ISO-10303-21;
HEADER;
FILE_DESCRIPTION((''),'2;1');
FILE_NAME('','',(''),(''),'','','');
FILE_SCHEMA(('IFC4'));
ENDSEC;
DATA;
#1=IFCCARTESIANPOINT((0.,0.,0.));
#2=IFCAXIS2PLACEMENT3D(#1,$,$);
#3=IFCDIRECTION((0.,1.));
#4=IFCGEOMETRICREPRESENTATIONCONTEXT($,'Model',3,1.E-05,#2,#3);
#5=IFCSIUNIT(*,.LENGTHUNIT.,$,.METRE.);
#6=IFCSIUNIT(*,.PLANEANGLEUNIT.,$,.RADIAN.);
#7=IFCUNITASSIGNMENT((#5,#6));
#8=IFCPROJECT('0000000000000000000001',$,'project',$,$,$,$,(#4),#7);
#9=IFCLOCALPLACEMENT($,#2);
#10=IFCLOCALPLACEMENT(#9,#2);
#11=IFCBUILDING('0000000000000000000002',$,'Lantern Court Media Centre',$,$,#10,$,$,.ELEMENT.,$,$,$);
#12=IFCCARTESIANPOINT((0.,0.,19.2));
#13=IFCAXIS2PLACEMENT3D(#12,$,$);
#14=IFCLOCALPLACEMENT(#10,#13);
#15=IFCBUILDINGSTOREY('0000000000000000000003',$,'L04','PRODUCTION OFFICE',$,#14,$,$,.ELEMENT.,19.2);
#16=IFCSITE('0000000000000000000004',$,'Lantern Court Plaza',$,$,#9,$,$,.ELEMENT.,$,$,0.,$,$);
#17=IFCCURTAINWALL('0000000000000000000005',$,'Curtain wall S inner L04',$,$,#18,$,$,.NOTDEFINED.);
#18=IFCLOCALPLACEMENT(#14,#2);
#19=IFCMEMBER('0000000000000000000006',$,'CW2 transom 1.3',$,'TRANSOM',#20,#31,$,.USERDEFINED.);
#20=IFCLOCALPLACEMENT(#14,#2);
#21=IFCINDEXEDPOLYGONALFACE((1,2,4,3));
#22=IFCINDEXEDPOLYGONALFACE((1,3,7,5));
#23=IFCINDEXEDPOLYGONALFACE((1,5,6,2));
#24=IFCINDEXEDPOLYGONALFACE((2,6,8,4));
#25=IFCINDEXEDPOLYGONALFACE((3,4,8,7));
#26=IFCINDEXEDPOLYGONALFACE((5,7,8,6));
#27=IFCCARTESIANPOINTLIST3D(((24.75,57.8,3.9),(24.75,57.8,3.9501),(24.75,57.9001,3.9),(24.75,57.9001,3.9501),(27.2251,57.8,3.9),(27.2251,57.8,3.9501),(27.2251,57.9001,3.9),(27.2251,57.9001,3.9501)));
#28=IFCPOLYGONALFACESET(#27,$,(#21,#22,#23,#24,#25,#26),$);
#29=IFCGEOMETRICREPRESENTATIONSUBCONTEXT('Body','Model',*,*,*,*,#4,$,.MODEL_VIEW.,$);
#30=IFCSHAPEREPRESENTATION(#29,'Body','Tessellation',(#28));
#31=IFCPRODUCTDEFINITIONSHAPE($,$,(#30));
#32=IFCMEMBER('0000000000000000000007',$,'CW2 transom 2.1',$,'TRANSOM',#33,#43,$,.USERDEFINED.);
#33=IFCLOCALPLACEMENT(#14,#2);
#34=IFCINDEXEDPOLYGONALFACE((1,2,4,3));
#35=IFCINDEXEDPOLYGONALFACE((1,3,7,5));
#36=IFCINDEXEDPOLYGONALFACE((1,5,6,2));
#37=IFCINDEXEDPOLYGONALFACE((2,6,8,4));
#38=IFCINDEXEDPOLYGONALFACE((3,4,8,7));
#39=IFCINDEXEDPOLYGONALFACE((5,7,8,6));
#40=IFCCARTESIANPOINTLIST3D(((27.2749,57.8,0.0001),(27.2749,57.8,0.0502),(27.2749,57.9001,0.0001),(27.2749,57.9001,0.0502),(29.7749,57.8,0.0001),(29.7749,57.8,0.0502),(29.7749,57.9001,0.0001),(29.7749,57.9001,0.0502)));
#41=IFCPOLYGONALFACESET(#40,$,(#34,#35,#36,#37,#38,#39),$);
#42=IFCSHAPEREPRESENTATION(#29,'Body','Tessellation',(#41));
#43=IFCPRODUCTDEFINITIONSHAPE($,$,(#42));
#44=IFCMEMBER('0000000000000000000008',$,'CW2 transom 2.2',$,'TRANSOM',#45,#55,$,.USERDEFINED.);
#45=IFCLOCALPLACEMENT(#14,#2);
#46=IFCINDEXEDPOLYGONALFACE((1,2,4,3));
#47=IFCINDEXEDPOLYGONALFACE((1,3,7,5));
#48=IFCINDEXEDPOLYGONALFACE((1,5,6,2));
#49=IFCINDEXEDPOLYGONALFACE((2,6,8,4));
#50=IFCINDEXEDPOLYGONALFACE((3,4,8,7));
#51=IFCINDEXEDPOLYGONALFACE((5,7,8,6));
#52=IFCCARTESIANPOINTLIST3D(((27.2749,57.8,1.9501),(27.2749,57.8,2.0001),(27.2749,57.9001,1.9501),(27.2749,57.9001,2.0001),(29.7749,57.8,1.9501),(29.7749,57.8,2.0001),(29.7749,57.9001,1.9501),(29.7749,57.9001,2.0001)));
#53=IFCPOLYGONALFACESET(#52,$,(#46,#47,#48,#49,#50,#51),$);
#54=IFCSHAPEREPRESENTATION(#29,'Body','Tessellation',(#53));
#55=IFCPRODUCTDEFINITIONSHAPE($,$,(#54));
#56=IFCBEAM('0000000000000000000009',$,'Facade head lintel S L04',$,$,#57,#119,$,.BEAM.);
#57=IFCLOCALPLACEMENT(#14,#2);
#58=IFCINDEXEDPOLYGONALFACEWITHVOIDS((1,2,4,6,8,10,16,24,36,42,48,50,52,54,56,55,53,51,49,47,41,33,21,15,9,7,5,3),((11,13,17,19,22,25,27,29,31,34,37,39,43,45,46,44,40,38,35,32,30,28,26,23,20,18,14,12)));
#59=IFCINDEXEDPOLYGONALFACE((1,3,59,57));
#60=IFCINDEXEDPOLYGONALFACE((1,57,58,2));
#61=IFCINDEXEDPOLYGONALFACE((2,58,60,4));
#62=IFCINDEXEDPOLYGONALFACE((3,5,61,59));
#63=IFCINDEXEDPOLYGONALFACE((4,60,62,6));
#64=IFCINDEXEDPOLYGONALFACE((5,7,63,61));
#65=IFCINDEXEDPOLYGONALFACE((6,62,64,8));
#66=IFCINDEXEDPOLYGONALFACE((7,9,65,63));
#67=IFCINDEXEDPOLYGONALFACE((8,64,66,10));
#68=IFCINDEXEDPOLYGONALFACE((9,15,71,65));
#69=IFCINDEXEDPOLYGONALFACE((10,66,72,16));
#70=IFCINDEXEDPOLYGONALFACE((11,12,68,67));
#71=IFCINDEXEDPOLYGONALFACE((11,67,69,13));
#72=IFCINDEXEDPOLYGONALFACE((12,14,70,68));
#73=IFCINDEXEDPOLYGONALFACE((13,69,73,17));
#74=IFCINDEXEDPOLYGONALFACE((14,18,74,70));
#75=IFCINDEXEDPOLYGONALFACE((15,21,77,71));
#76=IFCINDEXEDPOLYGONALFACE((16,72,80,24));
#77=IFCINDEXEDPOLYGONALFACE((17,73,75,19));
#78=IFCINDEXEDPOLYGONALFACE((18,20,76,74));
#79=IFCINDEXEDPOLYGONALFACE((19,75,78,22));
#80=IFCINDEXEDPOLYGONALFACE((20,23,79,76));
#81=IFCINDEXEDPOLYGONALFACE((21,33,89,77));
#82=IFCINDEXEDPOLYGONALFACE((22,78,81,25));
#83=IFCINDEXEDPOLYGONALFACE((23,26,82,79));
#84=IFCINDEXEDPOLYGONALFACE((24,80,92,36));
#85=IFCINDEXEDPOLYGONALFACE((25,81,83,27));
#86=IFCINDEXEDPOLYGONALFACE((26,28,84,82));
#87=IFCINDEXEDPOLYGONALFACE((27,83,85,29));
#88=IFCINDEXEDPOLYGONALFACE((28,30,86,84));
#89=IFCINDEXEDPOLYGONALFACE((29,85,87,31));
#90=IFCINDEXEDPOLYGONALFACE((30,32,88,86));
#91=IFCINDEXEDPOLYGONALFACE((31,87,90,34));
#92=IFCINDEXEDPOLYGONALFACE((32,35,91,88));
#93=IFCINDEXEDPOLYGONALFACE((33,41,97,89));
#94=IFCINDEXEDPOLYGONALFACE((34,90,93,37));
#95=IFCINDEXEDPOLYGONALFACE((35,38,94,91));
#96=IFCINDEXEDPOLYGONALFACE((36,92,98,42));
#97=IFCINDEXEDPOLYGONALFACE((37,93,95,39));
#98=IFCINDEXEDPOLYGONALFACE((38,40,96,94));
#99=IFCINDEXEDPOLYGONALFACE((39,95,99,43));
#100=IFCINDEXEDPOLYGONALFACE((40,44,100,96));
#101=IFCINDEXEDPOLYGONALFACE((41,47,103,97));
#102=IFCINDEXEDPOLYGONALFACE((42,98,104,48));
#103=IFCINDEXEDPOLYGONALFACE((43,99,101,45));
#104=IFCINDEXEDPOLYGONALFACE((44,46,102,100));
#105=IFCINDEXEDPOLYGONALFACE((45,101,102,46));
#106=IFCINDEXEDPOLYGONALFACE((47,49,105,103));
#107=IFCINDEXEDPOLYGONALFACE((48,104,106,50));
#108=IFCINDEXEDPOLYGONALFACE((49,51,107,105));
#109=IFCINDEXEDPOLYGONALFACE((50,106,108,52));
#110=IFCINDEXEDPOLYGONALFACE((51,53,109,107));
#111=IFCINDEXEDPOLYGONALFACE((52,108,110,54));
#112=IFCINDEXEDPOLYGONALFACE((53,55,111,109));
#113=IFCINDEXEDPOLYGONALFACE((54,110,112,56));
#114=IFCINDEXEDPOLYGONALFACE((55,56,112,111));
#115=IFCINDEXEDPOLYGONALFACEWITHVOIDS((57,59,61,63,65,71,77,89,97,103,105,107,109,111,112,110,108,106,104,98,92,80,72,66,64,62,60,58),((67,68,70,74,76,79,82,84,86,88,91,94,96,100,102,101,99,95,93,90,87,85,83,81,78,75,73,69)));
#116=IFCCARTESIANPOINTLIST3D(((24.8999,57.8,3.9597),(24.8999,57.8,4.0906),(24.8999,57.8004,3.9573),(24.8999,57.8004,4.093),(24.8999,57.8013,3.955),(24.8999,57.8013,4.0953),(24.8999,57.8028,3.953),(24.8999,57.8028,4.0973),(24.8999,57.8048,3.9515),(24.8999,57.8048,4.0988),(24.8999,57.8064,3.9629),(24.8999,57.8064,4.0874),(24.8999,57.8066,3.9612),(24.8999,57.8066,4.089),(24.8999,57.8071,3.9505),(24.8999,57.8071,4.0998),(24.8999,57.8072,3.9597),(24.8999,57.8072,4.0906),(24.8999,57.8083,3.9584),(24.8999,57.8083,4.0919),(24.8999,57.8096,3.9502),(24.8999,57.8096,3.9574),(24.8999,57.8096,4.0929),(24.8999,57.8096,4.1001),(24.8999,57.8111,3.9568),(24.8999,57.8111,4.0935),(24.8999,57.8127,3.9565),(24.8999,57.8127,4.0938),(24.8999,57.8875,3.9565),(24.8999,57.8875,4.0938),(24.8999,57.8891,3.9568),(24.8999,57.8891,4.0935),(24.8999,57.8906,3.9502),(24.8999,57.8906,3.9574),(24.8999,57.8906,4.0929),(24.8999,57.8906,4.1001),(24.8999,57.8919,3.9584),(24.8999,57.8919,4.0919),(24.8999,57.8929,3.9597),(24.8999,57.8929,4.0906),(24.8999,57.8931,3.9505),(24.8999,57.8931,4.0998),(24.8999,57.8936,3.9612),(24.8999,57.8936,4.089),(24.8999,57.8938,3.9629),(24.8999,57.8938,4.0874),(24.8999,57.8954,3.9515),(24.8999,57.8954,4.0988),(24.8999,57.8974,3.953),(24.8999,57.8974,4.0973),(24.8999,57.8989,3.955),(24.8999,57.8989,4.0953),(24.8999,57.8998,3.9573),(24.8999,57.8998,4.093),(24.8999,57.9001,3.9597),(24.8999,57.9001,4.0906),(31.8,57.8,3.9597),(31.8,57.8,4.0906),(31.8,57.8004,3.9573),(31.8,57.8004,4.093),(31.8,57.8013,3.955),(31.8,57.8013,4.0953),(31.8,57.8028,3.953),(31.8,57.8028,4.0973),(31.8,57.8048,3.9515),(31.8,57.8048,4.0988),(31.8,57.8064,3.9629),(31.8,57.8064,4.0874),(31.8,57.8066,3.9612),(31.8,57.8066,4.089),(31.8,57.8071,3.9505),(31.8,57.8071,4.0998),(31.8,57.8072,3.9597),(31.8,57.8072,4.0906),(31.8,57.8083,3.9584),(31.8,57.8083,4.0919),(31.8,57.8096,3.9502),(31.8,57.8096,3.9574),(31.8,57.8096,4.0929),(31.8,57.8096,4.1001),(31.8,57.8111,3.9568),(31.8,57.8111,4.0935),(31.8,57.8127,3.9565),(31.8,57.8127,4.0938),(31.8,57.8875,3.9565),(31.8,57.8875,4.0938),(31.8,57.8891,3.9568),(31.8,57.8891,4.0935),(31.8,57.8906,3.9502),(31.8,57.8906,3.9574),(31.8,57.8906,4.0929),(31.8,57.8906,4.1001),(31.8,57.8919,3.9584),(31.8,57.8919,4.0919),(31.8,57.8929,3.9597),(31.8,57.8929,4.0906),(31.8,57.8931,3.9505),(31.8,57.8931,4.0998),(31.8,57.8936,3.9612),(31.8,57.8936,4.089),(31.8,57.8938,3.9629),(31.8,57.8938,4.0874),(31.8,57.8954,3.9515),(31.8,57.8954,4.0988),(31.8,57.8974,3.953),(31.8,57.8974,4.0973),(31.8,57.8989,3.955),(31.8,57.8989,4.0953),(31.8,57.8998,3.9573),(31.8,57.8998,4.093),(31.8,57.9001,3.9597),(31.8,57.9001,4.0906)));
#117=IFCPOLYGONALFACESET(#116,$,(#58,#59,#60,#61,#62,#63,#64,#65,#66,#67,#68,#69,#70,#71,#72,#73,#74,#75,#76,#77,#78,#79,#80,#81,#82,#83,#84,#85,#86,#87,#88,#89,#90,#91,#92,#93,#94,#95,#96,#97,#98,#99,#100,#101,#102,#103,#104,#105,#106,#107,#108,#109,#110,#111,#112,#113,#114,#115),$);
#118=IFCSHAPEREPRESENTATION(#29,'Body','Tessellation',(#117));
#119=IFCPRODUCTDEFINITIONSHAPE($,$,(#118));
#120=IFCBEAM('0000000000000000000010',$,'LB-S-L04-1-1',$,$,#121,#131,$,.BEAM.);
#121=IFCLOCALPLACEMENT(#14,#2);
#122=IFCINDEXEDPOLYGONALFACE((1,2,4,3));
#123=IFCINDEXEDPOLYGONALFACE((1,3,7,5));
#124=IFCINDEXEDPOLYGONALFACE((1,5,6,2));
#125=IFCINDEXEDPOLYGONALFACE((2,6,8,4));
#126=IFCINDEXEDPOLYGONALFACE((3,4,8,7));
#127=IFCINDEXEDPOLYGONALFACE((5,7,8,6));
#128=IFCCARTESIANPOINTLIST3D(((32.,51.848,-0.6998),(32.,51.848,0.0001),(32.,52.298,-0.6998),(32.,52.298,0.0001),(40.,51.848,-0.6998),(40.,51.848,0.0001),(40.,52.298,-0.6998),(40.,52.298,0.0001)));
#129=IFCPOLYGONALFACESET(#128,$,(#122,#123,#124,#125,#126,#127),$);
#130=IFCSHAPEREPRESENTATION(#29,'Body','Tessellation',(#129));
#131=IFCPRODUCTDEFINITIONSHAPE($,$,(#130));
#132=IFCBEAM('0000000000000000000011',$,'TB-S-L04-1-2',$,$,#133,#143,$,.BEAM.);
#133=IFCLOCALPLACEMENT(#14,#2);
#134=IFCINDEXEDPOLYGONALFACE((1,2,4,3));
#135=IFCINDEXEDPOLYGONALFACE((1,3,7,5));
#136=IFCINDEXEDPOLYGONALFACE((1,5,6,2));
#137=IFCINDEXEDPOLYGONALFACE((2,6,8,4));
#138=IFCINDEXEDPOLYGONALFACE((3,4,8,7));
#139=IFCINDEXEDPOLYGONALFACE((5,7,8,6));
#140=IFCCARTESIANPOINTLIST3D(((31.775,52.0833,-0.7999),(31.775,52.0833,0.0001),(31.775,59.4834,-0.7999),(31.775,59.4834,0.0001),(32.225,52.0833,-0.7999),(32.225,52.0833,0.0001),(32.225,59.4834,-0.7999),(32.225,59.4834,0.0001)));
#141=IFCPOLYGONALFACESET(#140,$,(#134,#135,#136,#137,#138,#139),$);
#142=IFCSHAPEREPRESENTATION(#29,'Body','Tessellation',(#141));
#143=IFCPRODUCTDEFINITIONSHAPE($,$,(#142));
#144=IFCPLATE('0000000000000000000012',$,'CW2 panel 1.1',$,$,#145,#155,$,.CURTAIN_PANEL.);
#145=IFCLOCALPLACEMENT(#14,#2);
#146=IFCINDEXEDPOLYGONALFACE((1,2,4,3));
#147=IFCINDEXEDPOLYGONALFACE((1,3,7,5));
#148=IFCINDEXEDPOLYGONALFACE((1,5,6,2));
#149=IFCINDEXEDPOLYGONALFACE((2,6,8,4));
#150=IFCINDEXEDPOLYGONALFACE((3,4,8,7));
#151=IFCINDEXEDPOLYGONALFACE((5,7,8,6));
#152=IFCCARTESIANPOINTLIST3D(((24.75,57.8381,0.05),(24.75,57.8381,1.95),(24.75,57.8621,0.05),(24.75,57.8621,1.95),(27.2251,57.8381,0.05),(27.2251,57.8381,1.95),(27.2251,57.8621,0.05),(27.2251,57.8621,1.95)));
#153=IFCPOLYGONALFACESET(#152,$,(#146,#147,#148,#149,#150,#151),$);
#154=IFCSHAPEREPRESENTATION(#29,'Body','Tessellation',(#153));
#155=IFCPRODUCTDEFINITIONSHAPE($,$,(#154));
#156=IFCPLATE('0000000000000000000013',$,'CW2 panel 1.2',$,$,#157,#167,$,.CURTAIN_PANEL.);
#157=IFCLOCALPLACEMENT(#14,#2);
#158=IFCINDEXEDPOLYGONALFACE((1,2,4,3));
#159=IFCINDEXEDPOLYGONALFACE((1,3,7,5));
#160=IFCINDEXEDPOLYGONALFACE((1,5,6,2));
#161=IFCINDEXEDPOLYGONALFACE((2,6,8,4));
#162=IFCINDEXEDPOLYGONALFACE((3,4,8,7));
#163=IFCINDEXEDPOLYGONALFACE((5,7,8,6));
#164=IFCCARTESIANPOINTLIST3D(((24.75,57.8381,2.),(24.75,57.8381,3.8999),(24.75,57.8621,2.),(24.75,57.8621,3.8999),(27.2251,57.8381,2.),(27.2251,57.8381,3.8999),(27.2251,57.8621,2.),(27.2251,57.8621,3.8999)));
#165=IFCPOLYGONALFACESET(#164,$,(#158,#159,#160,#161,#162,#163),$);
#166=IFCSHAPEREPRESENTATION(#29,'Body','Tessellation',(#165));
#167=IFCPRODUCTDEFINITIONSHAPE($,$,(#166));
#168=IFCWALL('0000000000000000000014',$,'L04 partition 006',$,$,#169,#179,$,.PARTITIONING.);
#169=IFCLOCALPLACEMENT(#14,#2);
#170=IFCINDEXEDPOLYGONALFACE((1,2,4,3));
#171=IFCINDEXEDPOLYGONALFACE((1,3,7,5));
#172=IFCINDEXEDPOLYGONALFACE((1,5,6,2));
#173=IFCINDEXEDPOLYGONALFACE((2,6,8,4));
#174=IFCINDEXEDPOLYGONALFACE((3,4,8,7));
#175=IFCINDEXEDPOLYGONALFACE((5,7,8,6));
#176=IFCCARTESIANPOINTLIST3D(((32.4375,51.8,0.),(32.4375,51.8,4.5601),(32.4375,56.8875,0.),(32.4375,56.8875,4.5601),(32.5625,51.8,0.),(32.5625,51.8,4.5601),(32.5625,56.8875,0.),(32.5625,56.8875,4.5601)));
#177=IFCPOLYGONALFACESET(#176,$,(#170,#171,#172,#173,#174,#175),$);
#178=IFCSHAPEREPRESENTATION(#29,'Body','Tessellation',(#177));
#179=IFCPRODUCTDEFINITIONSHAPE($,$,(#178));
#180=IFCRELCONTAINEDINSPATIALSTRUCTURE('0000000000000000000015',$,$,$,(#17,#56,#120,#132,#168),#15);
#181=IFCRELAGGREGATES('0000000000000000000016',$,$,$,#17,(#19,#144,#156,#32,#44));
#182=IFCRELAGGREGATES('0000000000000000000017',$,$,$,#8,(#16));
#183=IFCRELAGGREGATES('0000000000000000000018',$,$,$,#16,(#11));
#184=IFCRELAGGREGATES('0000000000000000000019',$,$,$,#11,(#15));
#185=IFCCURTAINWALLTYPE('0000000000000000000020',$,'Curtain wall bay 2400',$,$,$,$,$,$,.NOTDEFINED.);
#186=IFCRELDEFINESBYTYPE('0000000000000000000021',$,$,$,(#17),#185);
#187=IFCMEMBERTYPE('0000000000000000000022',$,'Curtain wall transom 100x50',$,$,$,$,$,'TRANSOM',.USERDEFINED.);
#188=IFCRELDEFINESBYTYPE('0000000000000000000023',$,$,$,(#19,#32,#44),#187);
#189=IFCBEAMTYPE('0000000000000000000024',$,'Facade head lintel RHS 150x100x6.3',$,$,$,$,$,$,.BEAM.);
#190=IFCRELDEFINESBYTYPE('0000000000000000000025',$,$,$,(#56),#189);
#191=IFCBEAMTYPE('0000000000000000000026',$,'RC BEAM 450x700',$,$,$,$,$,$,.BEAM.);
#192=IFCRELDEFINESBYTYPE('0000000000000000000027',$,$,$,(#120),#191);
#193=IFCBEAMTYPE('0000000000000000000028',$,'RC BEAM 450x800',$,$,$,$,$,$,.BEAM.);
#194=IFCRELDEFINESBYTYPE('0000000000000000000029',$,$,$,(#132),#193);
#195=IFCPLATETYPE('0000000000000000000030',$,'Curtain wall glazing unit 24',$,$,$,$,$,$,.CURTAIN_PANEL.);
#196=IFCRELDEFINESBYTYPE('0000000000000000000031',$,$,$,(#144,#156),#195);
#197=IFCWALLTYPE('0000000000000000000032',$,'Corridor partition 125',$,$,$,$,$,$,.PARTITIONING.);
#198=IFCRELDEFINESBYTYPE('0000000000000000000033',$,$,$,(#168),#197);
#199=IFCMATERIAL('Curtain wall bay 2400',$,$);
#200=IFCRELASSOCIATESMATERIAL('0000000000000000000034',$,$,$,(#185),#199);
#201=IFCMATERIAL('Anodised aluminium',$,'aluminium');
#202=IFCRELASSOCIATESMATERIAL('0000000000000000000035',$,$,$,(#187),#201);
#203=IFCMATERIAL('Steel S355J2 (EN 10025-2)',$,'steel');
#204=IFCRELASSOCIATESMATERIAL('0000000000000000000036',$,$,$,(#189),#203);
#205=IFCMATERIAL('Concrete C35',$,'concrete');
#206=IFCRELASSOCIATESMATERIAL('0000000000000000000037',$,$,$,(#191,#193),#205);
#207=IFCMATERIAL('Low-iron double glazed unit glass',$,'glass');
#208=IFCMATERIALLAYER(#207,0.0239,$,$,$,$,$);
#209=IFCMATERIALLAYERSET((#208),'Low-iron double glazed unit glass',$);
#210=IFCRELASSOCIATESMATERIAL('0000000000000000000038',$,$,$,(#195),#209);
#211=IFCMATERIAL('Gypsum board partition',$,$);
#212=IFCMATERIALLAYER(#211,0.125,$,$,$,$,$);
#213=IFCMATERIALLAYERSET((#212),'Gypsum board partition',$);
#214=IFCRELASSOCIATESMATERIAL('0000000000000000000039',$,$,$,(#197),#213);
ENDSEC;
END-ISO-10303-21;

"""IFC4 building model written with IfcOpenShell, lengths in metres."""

from ifc_helpers import new_model, si_unit, direction, frame, frame_2d, origin, origin_2d, place, context, subcontext, project, spatial, rectangle, hollow_rectangle, extrude, material, layer, layer_set, material_profile, profile_set, type_object, element, aggregate, save


model = new_model("IFC4")

# Units and contexts
model_context = context("Model", 3, precision=1e-05, world=origin(), true_north=direction((0.0, 1.0)))
body_context = subcontext(model_context, "Body", "Model", "MODEL_VIEW")
ifc_project = project(units=[si_unit("LENGTHUNIT", "METRE"), si_unit("PLANEANGLEUNIT", "RADIAN")], contexts=[model_context])

# Site, building, storey
site_placement = place(None, origin())
site = spatial("IfcSite", under=ifc_project, at=site_placement, Name="Lantern Court Plaza", CompositionType="ELEMENT", RefElevation=0.0)
building_placement = place(site_placement, origin())
building = spatial("IfcBuilding", under=site, at=building_placement, Name="Lantern Court Media Centre", CompositionType="ELEMENT")
storey_placement = place(building_placement, frame((0.0, 0.0, 19.2)))
storey = spatial("IfcBuildingStorey", under=building, at=storey_placement, Name="L04", Description="PRODUCTION OFFICE", CompositionType="ELEMENT", Elevation=19.2)

# Curtain wall, members
ifc_material_1 = material(Name="Curtain wall bay 2400")
curtain_wall_type = type_object("IfcCurtainWallType", Name="Curtain wall bay 2400", PredefinedType="NOTDEFINED", material=ifc_material_1)
curtain_wall_placement = place(storey_placement, origin())
curtain_wall = element("IfcCurtainWall", 1, at=curtain_wall_placement, inside=storey, type_object=curtain_wall_type, Name="Curtain wall S inner L04", PredefinedType="NOTDEFINED")
ifc_material_2 = material(Name="Anodised aluminium", Category="aluminium")
ifc_material_profile_1 = material_profile(ifc_material_2, rectangle(XDim=0.1001, YDim=0.05, at=origin_2d()), Name="AL 50x100")
ifc_profile_set_1 = profile_set([ifc_material_profile_1], Name="Anodised aluminium")
member_type = type_object("IfcMemberType", Name="Curtain wall transom 100x50", ElementType="TRANSOM", PredefinedType="USERDEFINED", material=ifc_profile_set_1)
member_1_placement = place(storey_placement, frame((24.75, 57.8501, 3.925), z_axis=(1.0, 0.0, 0.0), x_axis=(0.0, 1.0, 0.0)))
member_1 = element("IfcMember", 2, at=member_1_placement, type_object=member_type, Name="CW2 transom 1.3", ObjectType="TRANSOM", PredefinedType="USERDEFINED", context=body_context, shape_type="SweptSolid", body=[
    extrude(rectangle(XDim=0.1001, YDim=0.05, at=origin_2d()), origin(), (0.0, 0.0, 1.0), 2.4751),
])
member_2_placement = place(storey_placement, frame((27.2749, 57.8501, 0.0251), z_axis=(1.0, 0.0, 0.0), x_axis=(0.0, 1.0, 0.0)))
member_2 = element("IfcMember", 3, at=member_2_placement, type_object=member_type, Name="CW2 transom 2.1", ObjectType="TRANSOM", PredefinedType="USERDEFINED", context=body_context, shape_type="SweptSolid", body=[
    extrude(rectangle(XDim=0.1001, YDim=0.05, at=origin_2d()), origin(), (0.0, 0.0, 1.0), 2.5),
])
member_3_placement = place(storey_placement, frame((27.2749, 57.8501, 1.9751), z_axis=(1.0, 0.0, 0.0), x_axis=(0.0, 1.0, 0.0)))
member_3 = element("IfcMember", 4, at=member_3_placement, type_object=member_type, Name="CW2 transom 2.2", ObjectType="TRANSOM", PredefinedType="USERDEFINED", context=body_context, shape_type="SweptSolid", body=[
    extrude(rectangle(XDim=0.1001, YDim=0.05, at=origin_2d()), origin(), (0.0, 0.0, 1.0), 2.5),
])

# Beams
ifc_material_3 = material(Name="Steel S355J2 (EN 10025-2)", Category="steel")
ifc_material_profile_2 = material_profile(ifc_material_3, hollow_rectangle(XDim=0.1001, YDim=0.1499, WallThickness=0.0063, InnerFilletRadius=0.0063, OuterFilletRadius=0.0095, at=origin_2d()), Name="Facade head lintel RHS 150x100x6.3")
ifc_profile_set_2 = profile_set([ifc_material_profile_2], Name="Steel S355J2 (EN 10025-2)")
beam_type_1 = type_object("IfcBeamType", Name="Facade head lintel RHS 150x100x6.3", PredefinedType="BEAM", material=ifc_profile_set_2)
beam_1_placement = place(storey_placement, frame((24.8999, 57.8501, 4.0251), z_axis=(1.0, 0.0, 0.0), x_axis=(0.0, 1.0, 0.0)))
element("IfcBeam", 5, at=beam_1_placement, inside=storey, type_object=beam_type_1, Name="Facade head lintel S L04", PredefinedType="BEAM", context=body_context, shape_type="SweptSolid", body=[
    extrude(hollow_rectangle(XDim=0.1001, YDim=0.1499, WallThickness=0.0063, InnerFilletRadius=0.0063, OuterFilletRadius=0.0095, at=origin_2d()), origin(), (0.0, 0.0, 1.0), 6.9001),
])
ifc_material_4 = material(Name="Concrete C35", Category="concrete")
ifc_material_profile_3 = material_profile(ifc_material_4, rectangle(XDim=0.45, YDim=0.7, at=origin_2d()), Name="RC 450x700")
ifc_profile_set_3 = profile_set([ifc_material_profile_3], Name="Concrete C35")
beam_type_2 = type_object("IfcBeamType", Name="RC BEAM 450x700", PredefinedType="BEAM", material=ifc_profile_set_3)
beam_2_placement = place(storey_placement, frame((32.0, 52.073, -0.3499), z_axis=(1.0, 0.0, 0.0), x_axis=(0.0, 1.0, 0.0)))
element("IfcBeam", 6, at=beam_2_placement, inside=storey, type_object=beam_type_2, Name="LB-S-L04-1-1", PredefinedType="BEAM", context=body_context, shape_type="SweptSolid", body=[
    extrude(rectangle(XDim=0.45, YDim=0.7, at=origin_2d()), origin(), (0.0, 0.0, 1.0), 8.0),
])
ifc_material_profile_4 = material_profile(ifc_material_4, rectangle(XDim=0.45, YDim=0.8, at=origin_2d()), Name="RC 450x800")
ifc_profile_set_4 = profile_set([ifc_material_profile_4], Name="Concrete C35")
beam_type_3 = type_object("IfcBeamType", Name="RC BEAM 450x800", PredefinedType="BEAM", material=ifc_profile_set_4)
beam_3_placement = place(storey_placement, frame((32.0, 52.0833, -0.3999), z_axis=(0.0, 1.0, 0.0), x_axis=(-1.0, 0.0, 0.0)))
element("IfcBeam", 7, at=beam_3_placement, inside=storey, type_object=beam_type_3, Name="TB-S-L04-1-2", PredefinedType="BEAM", context=body_context, shape_type="SweptSolid", body=[
    extrude(rectangle(XDim=0.45, YDim=0.8, at=origin_2d()), origin(), (0.0, 0.0, 1.0), 7.4001),
])

# Plates
ifc_material_5 = material(Name="Low-iron double glazed unit glass", Category="glass")
ifc_layer_1 = layer(ifc_material_5, 0.0239)
ifc_layer_set_1 = layer_set([ifc_layer_1], Name="Low-iron double glazed unit glass")
plate_type = type_object("IfcPlateType", Name="Curtain wall glazing unit 24", PredefinedType="CURTAIN_PANEL", material=ifc_layer_set_1)
plate_1_placement = place(storey_placement, frame((25.9875, 57.8501, 0.05), z_axis=(0.0, 0.0, 1.0), x_axis=(1.0, 0.0, 0.0)))
plate_1 = element("IfcPlate", 8, at=plate_1_placement, type_object=plate_type, Name="CW2 panel 1.1", PredefinedType="CURTAIN_PANEL", context=body_context, shape_type="SweptSolid", body=[
    extrude(rectangle(XDim=2.4751, YDim=0.0239, at=origin_2d()), origin(), (0.0, 0.0, 1.0), 1.8999),
])
plate_2_placement = place(storey_placement, frame((25.9875, 57.8501, 2.0), z_axis=(0.0, 0.0, 1.0), x_axis=(1.0, 0.0, 0.0)))
plate_2 = element("IfcPlate", 9, at=plate_2_placement, type_object=plate_type, Name="CW2 panel 1.2", PredefinedType="CURTAIN_PANEL", context=body_context, shape_type="SweptSolid", body=[
    extrude(rectangle(XDim=2.4751, YDim=0.0239, at=origin_2d()), origin(), (0.0, 0.0, 1.0), 1.8999),
])
aggregate(curtain_wall, [member_1, plate_1, plate_2, member_2, member_3])

# Wall
ifc_material_6 = material(Name="Gypsum board partition")
ifc_layer_2 = layer(ifc_material_6, 0.125)
ifc_layer_set_2 = layer_set([ifc_layer_2], Name="Gypsum board partition")
wall_type_1 = type_object("IfcWallType", Name="Corridor partition 125", PredefinedType="PARTITIONING", material=ifc_layer_set_2)
wall_1_placement = place(storey_placement, frame((32.5, 51.8, 0.0), z_axis=(0.0, 0.0, 1.0), x_axis=(0.0, 1.0, 0.0)))
element("IfcWall", 10, at=wall_1_placement, inside=storey, type_object=wall_type_1, Name="L04 partition 006", PredefinedType="PARTITIONING", context=body_context, shape_type="SweptSolid", body=[
    extrude(rectangle(XDim=5.0874, YDim=0.125, at=frame_2d((2.5437, 0.0))), origin(), (0.0, 0.0, 1.0), 4.5601),
])

save(model, "model.ifc")
